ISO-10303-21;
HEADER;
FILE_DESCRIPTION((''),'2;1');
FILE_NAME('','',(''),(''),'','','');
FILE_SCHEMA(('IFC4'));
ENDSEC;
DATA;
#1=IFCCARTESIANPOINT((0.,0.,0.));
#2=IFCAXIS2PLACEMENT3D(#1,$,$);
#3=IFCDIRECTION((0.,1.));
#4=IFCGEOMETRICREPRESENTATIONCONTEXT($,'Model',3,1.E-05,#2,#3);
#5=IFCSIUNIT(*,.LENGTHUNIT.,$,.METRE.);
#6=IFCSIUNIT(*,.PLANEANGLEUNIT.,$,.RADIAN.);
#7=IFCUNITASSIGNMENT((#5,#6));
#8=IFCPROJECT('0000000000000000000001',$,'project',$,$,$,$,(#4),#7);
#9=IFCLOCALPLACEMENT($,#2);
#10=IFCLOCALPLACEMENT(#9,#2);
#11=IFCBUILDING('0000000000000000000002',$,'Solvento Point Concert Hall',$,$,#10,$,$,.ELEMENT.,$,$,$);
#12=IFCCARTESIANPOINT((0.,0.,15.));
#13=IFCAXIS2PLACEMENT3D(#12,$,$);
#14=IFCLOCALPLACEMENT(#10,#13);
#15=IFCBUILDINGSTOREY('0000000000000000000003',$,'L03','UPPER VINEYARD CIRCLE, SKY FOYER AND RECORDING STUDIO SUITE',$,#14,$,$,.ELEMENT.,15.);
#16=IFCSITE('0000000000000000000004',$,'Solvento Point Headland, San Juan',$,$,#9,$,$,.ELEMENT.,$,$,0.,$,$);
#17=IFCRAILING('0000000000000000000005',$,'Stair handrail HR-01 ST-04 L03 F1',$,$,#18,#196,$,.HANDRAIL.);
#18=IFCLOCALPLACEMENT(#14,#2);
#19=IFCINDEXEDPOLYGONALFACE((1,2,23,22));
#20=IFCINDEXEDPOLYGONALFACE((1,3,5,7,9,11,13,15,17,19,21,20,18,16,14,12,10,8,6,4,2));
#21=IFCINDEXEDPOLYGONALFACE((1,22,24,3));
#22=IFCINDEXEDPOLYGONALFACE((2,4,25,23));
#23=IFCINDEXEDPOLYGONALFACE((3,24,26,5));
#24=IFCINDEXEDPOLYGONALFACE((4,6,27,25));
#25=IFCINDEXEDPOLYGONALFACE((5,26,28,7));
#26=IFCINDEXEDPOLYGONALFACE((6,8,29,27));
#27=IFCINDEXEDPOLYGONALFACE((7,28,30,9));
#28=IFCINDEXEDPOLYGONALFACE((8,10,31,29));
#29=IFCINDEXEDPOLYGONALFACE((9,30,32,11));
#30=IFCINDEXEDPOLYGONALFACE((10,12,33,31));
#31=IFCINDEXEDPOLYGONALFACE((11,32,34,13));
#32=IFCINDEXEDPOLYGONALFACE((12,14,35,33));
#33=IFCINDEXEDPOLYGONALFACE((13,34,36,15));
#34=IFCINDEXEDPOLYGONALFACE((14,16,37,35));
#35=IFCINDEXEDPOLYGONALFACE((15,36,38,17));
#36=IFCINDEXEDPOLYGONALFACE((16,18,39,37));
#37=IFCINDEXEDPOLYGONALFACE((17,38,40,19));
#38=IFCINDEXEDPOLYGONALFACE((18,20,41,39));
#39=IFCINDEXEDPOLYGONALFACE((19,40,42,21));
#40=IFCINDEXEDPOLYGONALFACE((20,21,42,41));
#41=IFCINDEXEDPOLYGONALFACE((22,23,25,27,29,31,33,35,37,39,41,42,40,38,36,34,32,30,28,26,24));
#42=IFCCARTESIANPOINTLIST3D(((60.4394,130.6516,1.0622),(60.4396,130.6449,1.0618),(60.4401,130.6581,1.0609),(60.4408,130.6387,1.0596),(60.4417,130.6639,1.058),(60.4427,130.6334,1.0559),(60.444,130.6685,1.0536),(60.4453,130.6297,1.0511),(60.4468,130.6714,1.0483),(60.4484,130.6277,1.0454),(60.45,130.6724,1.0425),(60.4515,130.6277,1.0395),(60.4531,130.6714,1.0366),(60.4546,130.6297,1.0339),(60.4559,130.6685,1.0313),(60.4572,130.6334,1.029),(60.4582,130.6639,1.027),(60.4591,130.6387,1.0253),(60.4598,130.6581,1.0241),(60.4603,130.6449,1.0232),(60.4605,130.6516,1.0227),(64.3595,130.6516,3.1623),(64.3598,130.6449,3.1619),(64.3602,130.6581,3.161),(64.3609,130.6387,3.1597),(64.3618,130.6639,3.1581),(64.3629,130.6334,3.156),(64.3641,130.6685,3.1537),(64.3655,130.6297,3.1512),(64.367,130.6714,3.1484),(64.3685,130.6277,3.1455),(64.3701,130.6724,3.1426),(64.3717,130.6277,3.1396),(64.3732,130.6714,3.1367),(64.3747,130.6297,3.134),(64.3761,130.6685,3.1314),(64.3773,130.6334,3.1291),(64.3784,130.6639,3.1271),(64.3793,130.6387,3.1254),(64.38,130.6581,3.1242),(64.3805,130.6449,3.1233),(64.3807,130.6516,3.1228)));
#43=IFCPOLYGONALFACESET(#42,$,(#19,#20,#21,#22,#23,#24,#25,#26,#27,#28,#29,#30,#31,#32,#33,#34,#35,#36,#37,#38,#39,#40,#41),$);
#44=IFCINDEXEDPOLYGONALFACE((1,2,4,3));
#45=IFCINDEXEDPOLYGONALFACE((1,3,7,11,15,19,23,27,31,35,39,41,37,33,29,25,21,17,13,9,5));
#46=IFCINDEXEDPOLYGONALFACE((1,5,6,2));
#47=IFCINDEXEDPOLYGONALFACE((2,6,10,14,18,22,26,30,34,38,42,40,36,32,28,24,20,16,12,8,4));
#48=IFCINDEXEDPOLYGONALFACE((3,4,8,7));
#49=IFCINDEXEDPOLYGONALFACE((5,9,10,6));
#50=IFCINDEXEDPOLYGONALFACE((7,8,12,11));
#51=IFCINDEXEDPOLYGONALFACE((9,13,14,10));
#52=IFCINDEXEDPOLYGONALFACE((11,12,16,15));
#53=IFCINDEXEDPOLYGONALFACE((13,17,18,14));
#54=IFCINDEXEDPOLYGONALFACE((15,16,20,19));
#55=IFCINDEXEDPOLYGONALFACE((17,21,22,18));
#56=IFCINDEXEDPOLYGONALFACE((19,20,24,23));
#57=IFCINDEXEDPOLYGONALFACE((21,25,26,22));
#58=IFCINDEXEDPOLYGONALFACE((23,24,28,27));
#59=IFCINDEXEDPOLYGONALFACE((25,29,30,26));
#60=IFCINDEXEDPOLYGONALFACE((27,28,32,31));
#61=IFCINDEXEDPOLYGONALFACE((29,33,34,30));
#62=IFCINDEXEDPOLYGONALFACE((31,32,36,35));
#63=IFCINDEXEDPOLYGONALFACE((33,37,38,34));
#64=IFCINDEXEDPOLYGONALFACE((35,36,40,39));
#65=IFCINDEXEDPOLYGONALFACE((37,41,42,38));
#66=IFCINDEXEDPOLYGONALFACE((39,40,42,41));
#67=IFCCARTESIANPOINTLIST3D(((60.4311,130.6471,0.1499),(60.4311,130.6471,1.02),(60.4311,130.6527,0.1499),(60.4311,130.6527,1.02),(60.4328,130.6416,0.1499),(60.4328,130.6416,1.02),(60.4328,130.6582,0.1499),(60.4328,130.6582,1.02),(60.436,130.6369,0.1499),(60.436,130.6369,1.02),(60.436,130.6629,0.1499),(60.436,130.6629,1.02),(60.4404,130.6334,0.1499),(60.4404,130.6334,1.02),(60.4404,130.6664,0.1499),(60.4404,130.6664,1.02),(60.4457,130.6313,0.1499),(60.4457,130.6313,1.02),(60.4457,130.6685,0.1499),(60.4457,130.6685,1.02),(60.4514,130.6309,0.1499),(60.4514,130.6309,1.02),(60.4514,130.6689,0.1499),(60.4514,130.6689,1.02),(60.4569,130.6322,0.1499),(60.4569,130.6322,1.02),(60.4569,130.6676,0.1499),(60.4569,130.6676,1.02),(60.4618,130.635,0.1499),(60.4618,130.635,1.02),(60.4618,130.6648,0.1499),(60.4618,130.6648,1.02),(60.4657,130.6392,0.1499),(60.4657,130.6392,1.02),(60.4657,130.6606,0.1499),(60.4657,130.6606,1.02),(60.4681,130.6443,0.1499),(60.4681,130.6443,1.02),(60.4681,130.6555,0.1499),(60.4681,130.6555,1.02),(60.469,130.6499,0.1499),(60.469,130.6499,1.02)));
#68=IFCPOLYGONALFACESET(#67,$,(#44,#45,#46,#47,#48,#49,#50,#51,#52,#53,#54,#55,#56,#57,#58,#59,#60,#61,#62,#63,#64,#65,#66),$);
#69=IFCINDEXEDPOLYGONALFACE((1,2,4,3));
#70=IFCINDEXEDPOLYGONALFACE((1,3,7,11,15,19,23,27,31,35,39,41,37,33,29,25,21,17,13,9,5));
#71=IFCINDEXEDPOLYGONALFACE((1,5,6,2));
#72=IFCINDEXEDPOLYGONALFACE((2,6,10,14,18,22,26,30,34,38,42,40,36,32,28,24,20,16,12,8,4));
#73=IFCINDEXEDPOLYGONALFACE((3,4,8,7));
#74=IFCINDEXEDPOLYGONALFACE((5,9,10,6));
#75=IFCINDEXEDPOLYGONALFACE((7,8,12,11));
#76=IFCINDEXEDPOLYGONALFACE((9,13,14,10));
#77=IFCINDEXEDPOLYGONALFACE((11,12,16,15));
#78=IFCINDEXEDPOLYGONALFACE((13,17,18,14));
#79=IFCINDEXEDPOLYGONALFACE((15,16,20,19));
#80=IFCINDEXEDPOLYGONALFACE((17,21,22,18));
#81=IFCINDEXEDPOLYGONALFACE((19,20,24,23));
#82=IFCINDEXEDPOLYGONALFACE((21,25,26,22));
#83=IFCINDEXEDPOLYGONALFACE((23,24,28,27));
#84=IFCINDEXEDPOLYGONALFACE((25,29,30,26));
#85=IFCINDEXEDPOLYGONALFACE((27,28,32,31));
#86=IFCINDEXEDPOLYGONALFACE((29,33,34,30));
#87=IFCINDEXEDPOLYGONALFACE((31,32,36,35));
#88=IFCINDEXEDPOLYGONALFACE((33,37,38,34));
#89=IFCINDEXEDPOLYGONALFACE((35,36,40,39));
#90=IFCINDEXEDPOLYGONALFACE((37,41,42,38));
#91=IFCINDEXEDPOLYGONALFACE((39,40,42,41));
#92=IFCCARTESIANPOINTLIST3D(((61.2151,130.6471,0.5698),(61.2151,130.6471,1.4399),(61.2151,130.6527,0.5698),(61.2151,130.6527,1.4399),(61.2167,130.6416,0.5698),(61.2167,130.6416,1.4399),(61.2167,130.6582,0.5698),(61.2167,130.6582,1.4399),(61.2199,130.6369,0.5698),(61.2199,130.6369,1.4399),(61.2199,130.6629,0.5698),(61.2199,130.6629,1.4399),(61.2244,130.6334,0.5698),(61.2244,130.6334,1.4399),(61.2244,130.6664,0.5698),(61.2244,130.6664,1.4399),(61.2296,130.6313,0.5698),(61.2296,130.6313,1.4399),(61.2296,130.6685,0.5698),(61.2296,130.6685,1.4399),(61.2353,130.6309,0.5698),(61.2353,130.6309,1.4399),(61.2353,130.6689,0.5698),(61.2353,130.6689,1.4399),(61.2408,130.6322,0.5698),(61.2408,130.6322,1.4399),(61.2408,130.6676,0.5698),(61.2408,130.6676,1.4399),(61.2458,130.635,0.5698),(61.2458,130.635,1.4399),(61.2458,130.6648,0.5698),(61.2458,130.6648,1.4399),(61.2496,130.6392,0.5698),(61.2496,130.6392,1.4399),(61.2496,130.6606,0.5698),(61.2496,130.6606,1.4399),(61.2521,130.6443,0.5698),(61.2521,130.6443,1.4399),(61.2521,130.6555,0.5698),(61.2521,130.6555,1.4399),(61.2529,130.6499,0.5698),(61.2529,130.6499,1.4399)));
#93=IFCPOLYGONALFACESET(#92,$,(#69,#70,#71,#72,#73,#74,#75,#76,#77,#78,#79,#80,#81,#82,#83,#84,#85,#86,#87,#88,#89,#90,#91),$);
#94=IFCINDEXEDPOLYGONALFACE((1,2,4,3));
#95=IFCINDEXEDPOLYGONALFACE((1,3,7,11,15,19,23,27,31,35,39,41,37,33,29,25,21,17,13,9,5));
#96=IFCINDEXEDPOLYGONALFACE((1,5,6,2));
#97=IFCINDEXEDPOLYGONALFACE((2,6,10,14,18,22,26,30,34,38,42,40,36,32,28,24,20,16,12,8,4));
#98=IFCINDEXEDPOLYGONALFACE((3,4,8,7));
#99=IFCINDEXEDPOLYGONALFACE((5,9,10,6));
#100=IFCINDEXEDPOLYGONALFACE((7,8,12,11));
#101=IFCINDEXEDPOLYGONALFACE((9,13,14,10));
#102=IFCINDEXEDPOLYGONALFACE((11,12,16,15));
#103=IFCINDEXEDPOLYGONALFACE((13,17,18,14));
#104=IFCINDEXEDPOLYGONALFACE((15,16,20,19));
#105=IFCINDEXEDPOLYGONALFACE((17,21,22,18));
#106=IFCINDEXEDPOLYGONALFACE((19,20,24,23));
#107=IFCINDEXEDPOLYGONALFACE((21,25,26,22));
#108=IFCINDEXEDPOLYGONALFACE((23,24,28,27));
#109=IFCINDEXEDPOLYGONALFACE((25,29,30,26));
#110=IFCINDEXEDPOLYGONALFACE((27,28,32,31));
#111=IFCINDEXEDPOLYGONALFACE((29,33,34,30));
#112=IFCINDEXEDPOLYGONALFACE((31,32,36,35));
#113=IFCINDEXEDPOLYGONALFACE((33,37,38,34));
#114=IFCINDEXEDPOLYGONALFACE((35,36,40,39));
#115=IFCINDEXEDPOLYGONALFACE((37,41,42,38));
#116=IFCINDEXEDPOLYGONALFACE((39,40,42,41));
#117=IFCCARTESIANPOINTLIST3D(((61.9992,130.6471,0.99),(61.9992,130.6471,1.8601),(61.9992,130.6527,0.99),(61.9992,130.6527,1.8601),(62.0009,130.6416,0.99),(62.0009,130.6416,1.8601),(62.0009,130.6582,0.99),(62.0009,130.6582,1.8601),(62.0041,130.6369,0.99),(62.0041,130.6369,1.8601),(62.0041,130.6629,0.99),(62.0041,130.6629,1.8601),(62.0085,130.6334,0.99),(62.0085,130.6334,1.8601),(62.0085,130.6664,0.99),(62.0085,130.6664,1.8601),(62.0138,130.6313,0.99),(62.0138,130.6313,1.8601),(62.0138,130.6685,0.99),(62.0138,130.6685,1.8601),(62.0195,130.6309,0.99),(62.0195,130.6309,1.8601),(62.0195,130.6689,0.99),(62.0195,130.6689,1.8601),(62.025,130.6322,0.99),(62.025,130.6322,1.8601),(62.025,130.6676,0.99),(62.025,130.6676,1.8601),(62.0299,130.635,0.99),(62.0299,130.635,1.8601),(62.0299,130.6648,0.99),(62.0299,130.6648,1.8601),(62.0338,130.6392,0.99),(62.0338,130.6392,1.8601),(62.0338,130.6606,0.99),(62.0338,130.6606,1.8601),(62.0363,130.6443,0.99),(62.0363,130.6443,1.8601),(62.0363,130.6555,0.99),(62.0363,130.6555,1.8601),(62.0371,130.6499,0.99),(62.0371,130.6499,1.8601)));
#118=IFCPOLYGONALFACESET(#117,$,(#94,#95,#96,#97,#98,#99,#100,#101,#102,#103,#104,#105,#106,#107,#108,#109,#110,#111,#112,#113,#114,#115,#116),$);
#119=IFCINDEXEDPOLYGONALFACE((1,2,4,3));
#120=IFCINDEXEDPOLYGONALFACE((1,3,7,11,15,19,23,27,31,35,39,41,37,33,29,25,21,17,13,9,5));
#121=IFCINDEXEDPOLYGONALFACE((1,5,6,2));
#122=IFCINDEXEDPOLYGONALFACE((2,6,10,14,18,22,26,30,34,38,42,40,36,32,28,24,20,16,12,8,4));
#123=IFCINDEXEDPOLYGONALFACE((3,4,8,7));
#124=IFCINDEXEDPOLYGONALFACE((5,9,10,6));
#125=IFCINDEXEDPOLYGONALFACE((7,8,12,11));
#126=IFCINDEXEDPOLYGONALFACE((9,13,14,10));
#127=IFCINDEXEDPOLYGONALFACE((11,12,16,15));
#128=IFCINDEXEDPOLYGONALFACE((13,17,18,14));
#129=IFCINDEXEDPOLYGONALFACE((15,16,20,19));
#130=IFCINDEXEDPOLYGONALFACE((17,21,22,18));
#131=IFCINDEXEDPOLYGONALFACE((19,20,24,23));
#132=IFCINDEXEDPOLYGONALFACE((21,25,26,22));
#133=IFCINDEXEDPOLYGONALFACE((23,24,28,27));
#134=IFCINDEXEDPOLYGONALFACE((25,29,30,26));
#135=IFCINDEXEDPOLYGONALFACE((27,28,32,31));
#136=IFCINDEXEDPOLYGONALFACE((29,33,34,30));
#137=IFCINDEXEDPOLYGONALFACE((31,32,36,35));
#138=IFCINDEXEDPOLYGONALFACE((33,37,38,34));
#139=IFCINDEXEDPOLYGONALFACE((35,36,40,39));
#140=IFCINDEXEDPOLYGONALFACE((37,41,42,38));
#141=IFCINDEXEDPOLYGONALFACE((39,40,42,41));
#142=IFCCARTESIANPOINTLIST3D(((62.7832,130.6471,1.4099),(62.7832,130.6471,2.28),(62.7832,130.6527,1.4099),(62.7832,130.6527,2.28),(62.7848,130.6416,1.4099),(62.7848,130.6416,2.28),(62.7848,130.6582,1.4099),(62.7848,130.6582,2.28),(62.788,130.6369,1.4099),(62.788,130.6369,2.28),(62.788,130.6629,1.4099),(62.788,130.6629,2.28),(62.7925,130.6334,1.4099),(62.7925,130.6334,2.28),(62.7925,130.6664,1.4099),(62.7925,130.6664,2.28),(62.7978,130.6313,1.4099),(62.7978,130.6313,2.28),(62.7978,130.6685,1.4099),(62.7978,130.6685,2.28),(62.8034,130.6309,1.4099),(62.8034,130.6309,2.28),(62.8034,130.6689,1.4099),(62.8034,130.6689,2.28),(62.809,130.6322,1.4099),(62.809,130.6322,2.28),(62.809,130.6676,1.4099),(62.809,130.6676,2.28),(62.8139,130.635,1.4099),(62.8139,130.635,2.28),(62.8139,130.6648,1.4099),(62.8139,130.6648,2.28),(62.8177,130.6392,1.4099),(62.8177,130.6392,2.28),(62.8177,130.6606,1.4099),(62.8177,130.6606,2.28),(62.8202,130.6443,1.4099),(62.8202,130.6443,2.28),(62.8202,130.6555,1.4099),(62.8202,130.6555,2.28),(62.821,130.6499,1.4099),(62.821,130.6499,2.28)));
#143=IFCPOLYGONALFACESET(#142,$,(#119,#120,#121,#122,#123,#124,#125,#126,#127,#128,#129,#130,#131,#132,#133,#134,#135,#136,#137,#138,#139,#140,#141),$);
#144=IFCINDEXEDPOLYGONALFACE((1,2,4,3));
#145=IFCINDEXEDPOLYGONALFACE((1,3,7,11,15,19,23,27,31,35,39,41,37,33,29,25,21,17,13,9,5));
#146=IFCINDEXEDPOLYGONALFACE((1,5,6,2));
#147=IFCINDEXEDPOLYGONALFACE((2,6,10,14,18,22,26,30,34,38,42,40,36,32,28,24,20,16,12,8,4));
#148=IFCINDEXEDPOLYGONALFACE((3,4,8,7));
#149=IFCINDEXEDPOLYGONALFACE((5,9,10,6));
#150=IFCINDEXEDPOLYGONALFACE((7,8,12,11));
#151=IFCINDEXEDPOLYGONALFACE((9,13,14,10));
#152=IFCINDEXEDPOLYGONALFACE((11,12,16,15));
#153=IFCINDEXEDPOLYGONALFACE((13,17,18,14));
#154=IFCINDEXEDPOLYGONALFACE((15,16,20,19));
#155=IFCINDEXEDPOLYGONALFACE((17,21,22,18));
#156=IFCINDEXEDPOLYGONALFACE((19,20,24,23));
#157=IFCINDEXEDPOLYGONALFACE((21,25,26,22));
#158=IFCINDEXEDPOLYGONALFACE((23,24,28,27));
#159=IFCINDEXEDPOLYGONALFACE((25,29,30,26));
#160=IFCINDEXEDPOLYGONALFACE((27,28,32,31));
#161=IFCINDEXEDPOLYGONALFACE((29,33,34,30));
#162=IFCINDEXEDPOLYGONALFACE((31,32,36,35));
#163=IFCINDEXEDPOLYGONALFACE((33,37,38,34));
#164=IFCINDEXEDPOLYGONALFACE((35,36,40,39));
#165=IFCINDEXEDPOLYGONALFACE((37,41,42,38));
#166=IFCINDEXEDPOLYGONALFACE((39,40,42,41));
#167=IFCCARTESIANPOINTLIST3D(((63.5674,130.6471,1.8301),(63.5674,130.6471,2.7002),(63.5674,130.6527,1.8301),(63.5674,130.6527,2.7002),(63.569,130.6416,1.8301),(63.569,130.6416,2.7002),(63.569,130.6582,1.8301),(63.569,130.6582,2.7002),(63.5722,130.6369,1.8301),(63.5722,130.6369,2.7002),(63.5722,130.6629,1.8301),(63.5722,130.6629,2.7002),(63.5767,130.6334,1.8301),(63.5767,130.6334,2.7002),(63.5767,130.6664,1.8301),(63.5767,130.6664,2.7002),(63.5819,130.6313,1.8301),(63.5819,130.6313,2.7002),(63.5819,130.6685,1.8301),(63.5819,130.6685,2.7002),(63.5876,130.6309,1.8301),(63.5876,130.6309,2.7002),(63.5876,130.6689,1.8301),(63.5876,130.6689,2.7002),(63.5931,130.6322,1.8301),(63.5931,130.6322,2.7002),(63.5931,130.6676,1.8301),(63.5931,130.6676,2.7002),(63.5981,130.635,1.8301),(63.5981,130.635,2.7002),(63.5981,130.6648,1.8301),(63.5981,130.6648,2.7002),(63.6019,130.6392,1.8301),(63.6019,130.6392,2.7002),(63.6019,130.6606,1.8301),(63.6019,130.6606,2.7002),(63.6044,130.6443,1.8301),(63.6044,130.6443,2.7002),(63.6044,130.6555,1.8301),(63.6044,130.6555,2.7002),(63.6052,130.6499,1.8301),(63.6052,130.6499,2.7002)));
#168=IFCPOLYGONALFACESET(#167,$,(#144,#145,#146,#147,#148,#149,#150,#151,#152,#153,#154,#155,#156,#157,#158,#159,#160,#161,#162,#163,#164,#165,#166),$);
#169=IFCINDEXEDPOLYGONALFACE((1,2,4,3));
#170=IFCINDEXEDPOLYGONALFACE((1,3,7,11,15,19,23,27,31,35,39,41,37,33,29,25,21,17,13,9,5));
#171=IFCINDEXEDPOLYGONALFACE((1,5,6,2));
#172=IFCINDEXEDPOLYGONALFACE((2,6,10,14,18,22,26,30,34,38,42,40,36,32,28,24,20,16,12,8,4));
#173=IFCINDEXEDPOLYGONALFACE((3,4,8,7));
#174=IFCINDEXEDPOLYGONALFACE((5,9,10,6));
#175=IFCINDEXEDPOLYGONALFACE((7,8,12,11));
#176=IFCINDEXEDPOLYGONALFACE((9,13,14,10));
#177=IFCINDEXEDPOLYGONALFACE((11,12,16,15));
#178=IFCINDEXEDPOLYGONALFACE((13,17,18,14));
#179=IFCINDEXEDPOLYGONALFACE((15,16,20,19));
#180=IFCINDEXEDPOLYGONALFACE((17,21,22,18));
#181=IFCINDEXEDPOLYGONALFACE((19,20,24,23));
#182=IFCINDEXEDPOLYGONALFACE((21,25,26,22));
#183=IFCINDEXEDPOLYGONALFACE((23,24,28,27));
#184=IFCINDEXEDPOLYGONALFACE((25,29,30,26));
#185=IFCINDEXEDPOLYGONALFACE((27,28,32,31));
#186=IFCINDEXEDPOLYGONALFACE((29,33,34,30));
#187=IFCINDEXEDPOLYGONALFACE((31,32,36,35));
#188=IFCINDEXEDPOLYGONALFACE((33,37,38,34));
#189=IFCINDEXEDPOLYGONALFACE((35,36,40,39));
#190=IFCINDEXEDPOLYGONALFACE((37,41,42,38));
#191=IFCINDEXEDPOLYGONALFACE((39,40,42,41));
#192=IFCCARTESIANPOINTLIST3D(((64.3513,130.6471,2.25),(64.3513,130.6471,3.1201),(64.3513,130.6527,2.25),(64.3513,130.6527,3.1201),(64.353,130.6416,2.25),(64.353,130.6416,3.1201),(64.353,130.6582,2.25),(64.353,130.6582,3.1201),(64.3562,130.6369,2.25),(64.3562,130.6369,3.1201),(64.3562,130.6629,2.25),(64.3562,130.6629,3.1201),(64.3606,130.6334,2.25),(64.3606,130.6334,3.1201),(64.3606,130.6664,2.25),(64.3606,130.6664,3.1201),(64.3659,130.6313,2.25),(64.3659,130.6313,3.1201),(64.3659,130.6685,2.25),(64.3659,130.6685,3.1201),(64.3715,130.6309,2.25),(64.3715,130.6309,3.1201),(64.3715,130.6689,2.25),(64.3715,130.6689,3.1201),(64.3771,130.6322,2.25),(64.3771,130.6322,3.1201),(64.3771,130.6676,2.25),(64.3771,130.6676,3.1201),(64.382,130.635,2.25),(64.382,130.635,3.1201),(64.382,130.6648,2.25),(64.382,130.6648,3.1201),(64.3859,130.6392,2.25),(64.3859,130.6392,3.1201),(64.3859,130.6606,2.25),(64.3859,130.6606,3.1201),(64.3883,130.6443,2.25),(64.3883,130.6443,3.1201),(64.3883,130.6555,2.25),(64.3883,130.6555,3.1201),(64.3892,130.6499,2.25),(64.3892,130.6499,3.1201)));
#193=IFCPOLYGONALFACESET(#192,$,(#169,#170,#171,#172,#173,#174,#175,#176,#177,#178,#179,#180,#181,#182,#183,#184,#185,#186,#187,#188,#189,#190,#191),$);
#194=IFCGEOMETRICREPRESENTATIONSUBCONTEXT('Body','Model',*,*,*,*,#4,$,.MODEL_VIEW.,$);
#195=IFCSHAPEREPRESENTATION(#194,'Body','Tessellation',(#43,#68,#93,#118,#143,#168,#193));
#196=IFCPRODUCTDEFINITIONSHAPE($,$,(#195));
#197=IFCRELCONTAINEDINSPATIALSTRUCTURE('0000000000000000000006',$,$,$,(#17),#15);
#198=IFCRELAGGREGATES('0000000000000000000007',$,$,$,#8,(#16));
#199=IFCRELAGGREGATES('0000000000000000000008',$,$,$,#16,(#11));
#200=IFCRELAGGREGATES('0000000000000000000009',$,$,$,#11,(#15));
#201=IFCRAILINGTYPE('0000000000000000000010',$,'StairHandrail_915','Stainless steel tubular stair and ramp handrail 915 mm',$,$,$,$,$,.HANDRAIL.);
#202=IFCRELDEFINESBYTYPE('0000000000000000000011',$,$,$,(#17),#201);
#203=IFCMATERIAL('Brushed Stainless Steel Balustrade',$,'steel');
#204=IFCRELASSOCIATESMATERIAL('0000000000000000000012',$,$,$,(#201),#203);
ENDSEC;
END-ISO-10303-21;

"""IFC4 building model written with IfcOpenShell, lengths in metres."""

from ifc_helpers import new_model, si_unit, direction, frame, origin, origin_2d, place, context, subcontext, project, spatial, circle, extrude, material, type_object, element, save


model = new_model("IFC4")

# Units and contexts
model_context = context("Model", 3, precision=1e-05, world=origin(), true_north=direction((0.0, 1.0)))
body_context = subcontext(model_context, "Body", "Model", "MODEL_VIEW")
ifc_project = project(units=[si_unit("LENGTHUNIT", "METRE"), si_unit("PLANEANGLEUNIT", "RADIAN")], contexts=[model_context])

# Site, building, storey
site_placement = place(None, origin())
site = spatial("IfcSite", under=ifc_project, at=site_placement, Name="Solvento Point Headland, San Juan", CompositionType="ELEMENT", RefElevation=0.0)
building_placement = place(site_placement, origin())
building = spatial("IfcBuilding", under=site, at=building_placement, Name="Solvento Point Concert Hall", CompositionType="ELEMENT")
storey_placement = place(building_placement, frame((0.0, 0.0, 15.0)))
storey = spatial("IfcBuildingStorey", under=building, at=storey_placement, Name="L03", Description="UPPER VINEYARD CIRCLE, SKY FOYER AND RECORDING STUDIO SUITE", CompositionType="ELEMENT", Elevation=15.0)

# Railing
ifc_material_1 = material(Name="Brushed Stainless Steel Balustrade", Category="steel")
railing_type_1 = type_object("IfcRailingType", Name="StairHandrail_915", Description="Stainless steel tubular stair and ramp handrail 915 mm", PredefinedType="HANDRAIL", material=ifc_material_1)
railing_1_placement = place(storey_placement, frame((60.45, 130.6499, 0.1499)))
element("IfcRailing", 1, at=railing_1_placement, inside=storey, type_object=railing_type_1, Name="Stair handrail HR-01 ST-04 L03 F1", PredefinedType="HANDRAIL", context=body_context, shape_type="SweptSolid", body=[
    extrude(circle(Radius=0.0225, at=origin_2d()), frame((0.0, 0.0, 0.8926), z_axis=(0.881479, 0.0, 0.472223), x_axis=(0.0, 1.0, 0.0)), (0.0, 0.0, 1.0), 4.4473),
    extrude(circle(Radius=0.019, at=origin_2d()), origin(), (0.0, 0.0, 1.0), 0.8701),
    extrude(circle(Radius=0.019, at=origin_2d()), frame((0.7839, 0.0, 0.4199)), (0.0, 0.0, 1.0), 0.8701),
    extrude(circle(Radius=0.019, at=origin_2d()), frame((1.5681, 0.0, 0.8401)), (0.0, 0.0, 1.0), 0.8701),
    extrude(circle(Radius=0.019, at=origin_2d()), frame((2.3521, 0.0, 1.26)), (0.0, 0.0, 1.0), 0.8701),
    extrude(circle(Radius=0.019, at=origin_2d()), frame((3.1362, 0.0, 1.6802)), (0.0, 0.0, 1.0), 0.8701),
    extrude(circle(Radius=0.019, at=origin_2d()), frame((3.9202, 0.0, 2.1001)), (0.0, 0.0, 1.0), 0.8701),
])

save(model, "model.ifc")
